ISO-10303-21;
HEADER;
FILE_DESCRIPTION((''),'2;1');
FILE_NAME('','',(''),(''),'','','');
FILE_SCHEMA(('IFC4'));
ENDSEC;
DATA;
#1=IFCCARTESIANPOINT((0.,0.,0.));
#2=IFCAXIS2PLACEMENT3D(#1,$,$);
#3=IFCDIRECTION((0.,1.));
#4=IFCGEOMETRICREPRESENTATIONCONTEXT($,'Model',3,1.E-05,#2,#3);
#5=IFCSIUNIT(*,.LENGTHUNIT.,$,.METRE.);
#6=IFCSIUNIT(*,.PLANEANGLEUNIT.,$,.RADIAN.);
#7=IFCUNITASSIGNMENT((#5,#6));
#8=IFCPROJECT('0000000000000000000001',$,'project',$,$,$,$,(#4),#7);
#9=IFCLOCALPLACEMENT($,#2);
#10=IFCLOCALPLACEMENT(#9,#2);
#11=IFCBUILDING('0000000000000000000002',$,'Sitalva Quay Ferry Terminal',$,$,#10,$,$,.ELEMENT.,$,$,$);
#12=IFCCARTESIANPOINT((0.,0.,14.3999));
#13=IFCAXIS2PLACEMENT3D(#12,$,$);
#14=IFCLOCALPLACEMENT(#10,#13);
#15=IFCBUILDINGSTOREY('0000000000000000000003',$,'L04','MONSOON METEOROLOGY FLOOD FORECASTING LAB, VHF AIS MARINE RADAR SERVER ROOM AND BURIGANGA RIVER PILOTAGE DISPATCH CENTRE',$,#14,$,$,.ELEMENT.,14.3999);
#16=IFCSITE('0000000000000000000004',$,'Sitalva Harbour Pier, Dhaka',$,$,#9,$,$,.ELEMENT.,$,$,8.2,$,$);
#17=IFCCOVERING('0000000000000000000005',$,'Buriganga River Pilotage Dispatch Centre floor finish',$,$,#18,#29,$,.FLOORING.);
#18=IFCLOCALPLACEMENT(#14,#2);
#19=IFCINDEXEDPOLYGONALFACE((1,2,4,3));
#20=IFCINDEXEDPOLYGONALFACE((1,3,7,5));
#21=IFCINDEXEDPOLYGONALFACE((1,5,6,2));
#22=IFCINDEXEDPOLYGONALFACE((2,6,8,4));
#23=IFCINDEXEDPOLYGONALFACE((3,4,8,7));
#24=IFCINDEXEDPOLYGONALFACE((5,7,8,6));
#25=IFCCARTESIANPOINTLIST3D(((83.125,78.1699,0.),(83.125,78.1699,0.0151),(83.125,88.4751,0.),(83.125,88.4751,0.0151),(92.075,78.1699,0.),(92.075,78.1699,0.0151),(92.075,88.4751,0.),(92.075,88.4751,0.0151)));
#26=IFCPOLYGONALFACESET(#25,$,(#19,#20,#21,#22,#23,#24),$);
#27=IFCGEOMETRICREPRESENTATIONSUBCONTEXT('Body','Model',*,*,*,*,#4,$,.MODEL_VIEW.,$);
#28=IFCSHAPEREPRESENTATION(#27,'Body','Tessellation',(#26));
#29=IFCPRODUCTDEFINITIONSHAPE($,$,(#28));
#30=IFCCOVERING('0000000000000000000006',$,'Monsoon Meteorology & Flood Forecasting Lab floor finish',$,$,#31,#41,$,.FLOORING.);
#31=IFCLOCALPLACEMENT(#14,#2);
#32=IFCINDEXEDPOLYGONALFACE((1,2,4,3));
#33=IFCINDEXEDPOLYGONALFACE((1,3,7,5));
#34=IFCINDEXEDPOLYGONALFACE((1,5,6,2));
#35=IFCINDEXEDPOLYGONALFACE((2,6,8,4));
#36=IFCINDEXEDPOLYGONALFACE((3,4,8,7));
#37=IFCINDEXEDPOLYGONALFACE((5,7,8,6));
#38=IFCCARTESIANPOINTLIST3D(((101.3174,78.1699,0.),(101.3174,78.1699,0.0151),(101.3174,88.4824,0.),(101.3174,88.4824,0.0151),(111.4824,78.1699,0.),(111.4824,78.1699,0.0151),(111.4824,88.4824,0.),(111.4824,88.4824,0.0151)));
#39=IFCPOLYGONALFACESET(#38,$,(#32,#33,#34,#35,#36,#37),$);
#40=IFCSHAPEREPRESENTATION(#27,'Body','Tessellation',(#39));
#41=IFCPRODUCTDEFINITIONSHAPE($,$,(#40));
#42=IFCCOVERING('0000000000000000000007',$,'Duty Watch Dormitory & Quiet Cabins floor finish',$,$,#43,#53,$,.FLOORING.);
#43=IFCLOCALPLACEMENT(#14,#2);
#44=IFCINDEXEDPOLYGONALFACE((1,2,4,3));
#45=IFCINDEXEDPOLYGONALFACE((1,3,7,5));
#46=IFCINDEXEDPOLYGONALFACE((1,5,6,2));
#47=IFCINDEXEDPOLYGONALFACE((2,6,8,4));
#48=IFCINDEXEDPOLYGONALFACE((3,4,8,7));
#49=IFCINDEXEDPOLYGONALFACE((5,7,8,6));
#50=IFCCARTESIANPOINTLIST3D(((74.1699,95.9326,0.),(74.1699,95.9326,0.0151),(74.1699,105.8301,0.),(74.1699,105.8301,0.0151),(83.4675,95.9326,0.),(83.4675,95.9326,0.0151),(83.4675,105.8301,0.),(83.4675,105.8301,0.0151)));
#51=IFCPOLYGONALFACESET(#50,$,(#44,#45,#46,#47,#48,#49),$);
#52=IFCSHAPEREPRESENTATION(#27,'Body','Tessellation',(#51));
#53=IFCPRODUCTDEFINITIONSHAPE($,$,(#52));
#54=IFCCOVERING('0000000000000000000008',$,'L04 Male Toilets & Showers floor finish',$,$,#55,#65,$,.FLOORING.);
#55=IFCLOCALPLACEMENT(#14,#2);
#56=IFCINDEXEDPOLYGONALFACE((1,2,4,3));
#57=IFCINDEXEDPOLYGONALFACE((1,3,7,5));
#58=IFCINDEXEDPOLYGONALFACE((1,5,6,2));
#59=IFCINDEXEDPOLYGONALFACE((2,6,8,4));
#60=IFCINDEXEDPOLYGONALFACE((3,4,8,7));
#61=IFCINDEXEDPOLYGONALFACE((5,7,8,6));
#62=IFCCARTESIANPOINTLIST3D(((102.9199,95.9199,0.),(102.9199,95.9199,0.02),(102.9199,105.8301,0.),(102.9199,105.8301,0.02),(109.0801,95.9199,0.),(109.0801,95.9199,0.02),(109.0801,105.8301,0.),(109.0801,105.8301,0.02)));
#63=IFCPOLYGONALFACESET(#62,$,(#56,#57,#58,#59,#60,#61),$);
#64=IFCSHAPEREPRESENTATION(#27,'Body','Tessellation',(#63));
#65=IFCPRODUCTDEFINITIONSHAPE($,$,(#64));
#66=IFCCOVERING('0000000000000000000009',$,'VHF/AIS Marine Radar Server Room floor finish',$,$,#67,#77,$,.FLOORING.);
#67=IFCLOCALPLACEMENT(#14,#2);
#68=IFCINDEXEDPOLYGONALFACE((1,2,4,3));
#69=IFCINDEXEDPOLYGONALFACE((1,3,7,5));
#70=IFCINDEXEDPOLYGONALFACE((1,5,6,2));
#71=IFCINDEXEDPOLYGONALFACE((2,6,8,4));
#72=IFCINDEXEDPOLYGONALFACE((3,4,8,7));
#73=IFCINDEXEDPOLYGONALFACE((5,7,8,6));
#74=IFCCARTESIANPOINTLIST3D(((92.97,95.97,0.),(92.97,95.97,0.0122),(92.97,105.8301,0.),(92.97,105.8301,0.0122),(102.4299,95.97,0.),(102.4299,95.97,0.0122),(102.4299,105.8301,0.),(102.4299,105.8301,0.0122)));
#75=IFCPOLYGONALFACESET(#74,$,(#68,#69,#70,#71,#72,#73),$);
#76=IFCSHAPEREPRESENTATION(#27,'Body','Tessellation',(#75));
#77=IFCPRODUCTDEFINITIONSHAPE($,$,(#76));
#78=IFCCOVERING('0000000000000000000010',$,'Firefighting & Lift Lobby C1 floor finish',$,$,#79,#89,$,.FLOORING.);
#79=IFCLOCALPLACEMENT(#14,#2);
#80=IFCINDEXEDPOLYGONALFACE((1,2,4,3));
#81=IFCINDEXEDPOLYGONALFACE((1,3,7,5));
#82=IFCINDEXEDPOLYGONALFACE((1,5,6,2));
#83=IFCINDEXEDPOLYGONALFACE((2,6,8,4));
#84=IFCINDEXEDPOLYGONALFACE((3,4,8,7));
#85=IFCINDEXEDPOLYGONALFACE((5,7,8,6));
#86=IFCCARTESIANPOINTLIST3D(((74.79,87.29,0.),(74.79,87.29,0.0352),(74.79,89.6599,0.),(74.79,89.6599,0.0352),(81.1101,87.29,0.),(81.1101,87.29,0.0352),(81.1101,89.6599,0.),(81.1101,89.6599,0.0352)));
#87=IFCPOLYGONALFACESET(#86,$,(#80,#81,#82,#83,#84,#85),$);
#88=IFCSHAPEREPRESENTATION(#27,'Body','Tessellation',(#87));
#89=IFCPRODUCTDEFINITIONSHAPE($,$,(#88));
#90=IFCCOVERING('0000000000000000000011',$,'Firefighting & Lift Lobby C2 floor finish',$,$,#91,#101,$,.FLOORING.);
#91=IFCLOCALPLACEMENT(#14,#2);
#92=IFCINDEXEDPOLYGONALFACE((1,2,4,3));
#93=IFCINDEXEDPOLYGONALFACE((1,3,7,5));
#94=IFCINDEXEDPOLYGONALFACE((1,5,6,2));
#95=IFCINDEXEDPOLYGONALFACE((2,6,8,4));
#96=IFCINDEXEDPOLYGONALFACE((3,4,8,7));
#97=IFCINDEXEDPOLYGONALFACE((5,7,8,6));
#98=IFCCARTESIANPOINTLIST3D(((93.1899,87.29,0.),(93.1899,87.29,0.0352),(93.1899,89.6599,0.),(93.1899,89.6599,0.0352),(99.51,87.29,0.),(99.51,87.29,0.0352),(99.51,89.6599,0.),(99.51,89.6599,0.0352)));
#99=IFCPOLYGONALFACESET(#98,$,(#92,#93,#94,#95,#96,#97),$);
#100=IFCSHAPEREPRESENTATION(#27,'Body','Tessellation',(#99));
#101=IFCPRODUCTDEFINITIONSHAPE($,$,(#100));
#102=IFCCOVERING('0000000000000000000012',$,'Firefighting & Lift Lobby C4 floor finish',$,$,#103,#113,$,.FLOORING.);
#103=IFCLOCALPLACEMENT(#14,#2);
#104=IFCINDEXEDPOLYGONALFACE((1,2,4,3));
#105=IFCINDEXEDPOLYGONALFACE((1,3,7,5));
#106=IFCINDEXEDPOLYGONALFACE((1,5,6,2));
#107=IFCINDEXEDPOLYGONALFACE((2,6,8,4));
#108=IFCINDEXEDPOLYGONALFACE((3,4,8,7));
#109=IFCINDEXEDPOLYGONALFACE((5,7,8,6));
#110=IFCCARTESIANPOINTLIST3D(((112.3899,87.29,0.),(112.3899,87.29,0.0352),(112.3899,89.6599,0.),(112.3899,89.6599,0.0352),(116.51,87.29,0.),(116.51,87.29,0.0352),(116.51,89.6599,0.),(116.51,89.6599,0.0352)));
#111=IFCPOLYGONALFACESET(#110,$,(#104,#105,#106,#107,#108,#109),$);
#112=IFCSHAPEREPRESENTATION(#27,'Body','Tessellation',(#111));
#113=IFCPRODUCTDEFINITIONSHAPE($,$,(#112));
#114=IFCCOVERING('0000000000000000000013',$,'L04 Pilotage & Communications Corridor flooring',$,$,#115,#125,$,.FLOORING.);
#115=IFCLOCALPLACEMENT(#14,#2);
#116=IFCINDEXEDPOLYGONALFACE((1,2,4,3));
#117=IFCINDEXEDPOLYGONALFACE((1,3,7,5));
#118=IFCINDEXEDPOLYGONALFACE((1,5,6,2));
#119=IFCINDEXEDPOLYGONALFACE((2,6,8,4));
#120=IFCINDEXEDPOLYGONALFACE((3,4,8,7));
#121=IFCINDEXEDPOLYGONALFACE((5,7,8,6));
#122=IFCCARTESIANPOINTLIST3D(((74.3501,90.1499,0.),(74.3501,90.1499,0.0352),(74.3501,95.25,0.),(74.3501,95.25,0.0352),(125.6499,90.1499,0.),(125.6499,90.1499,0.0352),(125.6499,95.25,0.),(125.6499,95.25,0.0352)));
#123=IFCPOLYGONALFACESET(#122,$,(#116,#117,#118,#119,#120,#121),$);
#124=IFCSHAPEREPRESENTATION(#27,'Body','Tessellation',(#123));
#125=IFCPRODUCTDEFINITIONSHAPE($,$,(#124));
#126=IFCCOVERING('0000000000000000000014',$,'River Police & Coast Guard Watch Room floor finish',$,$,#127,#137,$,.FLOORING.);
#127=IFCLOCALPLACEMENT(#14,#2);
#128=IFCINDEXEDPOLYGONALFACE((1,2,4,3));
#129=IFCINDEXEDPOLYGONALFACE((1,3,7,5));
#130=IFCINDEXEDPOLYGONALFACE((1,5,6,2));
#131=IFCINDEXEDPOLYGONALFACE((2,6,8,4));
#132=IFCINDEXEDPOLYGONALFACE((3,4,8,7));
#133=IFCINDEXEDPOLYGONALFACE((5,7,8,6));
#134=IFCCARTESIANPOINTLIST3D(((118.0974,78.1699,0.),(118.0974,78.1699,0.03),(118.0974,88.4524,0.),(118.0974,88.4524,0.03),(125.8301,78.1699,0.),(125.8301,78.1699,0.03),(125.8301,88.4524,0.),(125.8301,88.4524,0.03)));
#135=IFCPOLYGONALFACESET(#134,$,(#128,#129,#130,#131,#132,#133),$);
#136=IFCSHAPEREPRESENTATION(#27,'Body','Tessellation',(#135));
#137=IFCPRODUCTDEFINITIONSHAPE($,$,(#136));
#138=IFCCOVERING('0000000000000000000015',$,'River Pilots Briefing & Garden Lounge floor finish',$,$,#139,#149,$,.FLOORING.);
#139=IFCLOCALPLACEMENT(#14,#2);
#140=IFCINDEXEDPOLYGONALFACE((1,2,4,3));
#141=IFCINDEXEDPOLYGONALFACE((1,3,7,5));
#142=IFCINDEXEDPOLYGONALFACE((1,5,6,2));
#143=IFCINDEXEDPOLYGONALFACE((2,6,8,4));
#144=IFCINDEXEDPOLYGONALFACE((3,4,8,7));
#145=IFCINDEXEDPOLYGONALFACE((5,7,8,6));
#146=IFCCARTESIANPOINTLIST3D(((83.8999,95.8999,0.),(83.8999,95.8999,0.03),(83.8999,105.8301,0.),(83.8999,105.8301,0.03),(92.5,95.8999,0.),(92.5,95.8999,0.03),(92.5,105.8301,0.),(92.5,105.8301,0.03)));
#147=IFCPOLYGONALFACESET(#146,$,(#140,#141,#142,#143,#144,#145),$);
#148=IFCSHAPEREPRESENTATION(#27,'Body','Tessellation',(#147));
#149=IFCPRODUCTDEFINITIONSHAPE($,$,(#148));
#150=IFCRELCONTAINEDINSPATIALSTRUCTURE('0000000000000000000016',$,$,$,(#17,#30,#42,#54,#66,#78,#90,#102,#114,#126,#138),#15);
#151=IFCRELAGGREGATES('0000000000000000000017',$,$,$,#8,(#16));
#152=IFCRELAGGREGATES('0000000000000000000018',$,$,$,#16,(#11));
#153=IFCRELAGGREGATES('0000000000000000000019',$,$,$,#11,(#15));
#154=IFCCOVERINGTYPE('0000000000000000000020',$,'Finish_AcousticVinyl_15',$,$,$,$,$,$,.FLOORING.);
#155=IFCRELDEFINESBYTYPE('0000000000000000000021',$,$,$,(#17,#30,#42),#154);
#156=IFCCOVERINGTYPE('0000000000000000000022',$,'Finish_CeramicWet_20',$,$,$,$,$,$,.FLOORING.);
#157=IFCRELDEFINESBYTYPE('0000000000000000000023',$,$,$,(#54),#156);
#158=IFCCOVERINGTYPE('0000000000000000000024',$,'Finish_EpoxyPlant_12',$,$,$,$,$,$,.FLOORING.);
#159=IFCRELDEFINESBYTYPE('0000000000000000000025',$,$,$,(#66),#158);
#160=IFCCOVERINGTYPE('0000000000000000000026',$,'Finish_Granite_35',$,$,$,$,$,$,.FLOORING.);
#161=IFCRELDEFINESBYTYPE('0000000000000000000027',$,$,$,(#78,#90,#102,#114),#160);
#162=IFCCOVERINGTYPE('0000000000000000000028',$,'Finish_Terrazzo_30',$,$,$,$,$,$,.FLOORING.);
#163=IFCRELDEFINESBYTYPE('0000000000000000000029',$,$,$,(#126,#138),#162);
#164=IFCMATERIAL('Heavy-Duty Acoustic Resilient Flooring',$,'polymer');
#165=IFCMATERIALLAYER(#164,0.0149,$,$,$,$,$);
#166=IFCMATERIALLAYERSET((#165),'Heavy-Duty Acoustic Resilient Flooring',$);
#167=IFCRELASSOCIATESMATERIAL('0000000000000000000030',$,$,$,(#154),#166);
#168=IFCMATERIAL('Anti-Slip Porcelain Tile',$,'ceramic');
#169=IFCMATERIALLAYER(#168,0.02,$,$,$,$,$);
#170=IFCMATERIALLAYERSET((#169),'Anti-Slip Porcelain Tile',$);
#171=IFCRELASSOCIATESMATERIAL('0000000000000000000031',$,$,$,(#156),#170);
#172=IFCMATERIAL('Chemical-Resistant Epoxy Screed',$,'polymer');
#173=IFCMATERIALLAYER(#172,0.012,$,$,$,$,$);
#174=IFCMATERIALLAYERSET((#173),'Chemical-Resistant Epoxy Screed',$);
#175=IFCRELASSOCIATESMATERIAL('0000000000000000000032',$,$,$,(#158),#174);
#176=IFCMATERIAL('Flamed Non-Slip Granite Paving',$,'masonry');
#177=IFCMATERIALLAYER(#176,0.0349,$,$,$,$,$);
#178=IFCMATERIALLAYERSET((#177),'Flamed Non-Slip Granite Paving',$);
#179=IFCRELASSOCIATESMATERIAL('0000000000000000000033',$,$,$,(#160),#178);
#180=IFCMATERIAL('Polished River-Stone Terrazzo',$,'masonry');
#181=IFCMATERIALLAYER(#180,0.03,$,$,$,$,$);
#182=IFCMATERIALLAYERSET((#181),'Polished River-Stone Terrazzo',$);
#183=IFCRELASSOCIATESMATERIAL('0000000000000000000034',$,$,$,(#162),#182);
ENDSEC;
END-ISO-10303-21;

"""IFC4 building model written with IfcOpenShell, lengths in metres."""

from ifc_helpers import new_model, si_unit, direction, frame, origin, place, context, subcontext, project, spatial, polyline, outline, extrude, material, layer, layer_set, type_object, element, save


model = new_model("IFC4")

# Units and contexts
model_context = context("Model", 3, precision=1e-05, world=origin(), true_north=direction((0.0, 1.0)))
body_context = subcontext(model_context, "Body", "Model", "MODEL_VIEW")
ifc_project = project(units=[si_unit("LENGTHUNIT", "METRE"), si_unit("PLANEANGLEUNIT", "RADIAN")], contexts=[model_context])

# Site, building, storey
site_placement = place(None, origin())
site = spatial("IfcSite", under=ifc_project, at=site_placement, Name="Sitalva Harbour Pier, Dhaka", CompositionType="ELEMENT", RefElevation=8.2)
building_placement = place(site_placement, origin())
building = spatial("IfcBuilding", under=site, at=building_placement, Name="Sitalva Quay Ferry Terminal", CompositionType="ELEMENT")
storey_placement = place(building_placement, frame((0.0, 0.0, 14.3999)))
storey = spatial("IfcBuildingStorey", under=building, at=storey_placement, Name="L04", Description="MONSOON METEOROLOGY FLOOD FORECASTING LAB, VHF AIS MARINE RADAR SERVER ROOM AND BURIGANGA RIVER PILOTAGE DISPATCH CENTRE", CompositionType="ELEMENT", Elevation=14.3999)

# Coverings
ifc_material_1 = material(Name="Heavy-Duty Acoustic Resilient Flooring", Category="polymer")
ifc_layer_1 = layer(ifc_material_1, 0.0149)
ifc_layer_set_1 = layer_set([ifc_layer_1], Name="Heavy-Duty Acoustic Resilient Flooring")
covering_type_1 = type_object("IfcCoveringType", Name="Finish_AcousticVinyl_15", PredefinedType="FLOORING", material=ifc_layer_set_1)
covering_1_placement = place(storey_placement, origin())
element("IfcCovering", 1, at=covering_1_placement, inside=storey, type_object=covering_type_1, Name="Buriganga River Pilotage Dispatch Centre floor finish", PredefinedType="FLOORING", context=body_context, shape_type="SweptSolid", body=[
    extrude(outline(polyline([(83.125, 78.1699), (92.075, 78.1699), (92.075, 88.4751), (83.125, 88.4751), (83.125, 78.1699)])), origin(), (0.0, 0.0, 1.0), 0.0151),
])
covering_2_placement = place(storey_placement, origin())
element("IfcCovering", 2, at=covering_2_placement, inside=storey, type_object=covering_type_1, Name="Monsoon Meteorology & Flood Forecasting Lab floor finish", PredefinedType="FLOORING", context=body_context, shape_type="SweptSolid", body=[
    extrude(outline(polyline([(101.3174, 78.1699), (111.4824, 78.1699), (111.4824, 88.4824), (101.3174, 88.4824), (101.3174, 78.1699)])), origin(), (0.0, 0.0, 1.0), 0.0151),
])
covering_3_placement = place(storey_placement, origin())
element("IfcCovering", 3, at=covering_3_placement, inside=storey, type_object=covering_type_1, Name="Duty Watch Dormitory & Quiet Cabins floor finish", PredefinedType="FLOORING", context=body_context, shape_type="SweptSolid", body=[
    extrude(outline(polyline([(74.1699, 95.9326), (83.4675, 95.9326), (83.4675, 105.8301), (74.1699, 105.8301), (74.1699, 95.9326)])), origin(), (0.0, 0.0, 1.0), 0.0151),
])
ifc_material_2 = material(Name="Anti-Slip Porcelain Tile", Category="ceramic")
ifc_layer_2 = layer(ifc_material_2, 0.02)
ifc_layer_set_2 = layer_set([ifc_layer_2], Name="Anti-Slip Porcelain Tile")
covering_type_2 = type_object("IfcCoveringType", Name="Finish_CeramicWet_20", PredefinedType="FLOORING", material=ifc_layer_set_2)
covering_4_placement = place(storey_placement, origin())
element("IfcCovering", 4, at=covering_4_placement, inside=storey, type_object=covering_type_2, Name="L04 Male Toilets & Showers floor finish", PredefinedType="FLOORING", context=body_context, shape_type="SweptSolid", body=[
    extrude(outline(polyline([(102.9199, 95.9199), (109.0801, 95.9199), (109.0801, 105.8301), (102.9199, 105.8301), (102.9199, 95.9199)])), origin(), (0.0, 0.0, 1.0), 0.02),
])
ifc_material_3 = material(Name="Chemical-Resistant Epoxy Screed", Category="polymer")
ifc_layer_3 = layer(ifc_material_3, 0.012)
ifc_layer_set_3 = layer_set([ifc_layer_3], Name="Chemical-Resistant Epoxy Screed")
covering_type_3 = type_object("IfcCoveringType", Name="Finish_EpoxyPlant_12", PredefinedType="FLOORING", material=ifc_layer_set_3)
covering_5_placement = place(storey_placement, origin())
element("IfcCovering", 5, at=covering_5_placement, inside=storey, type_object=covering_type_3, Name="VHF/AIS Marine Radar Server Room floor finish", PredefinedType="FLOORING", context=body_context, shape_type="SweptSolid", body=[
    extrude(outline(polyline([(92.97, 95.97), (102.4299, 95.97), (102.4299, 105.8301), (92.97, 105.8301), (92.97, 95.97)])), origin(), (0.0, 0.0, 1.0), 0.0122),
])
ifc_material_4 = material(Name="Flamed Non-Slip Granite Paving", Category="masonry")
ifc_layer_4 = layer(ifc_material_4, 0.0349)
ifc_layer_set_4 = layer_set([ifc_layer_4], Name="Flamed Non-Slip Granite Paving")
covering_type_4 = type_object("IfcCoveringType", Name="Finish_Granite_35", PredefinedType="FLOORING", material=ifc_layer_set_4)
covering_6_placement = place(storey_placement, origin())
element("IfcCovering", 6, at=covering_6_placement, inside=storey, type_object=covering_type_4, Name="Firefighting & Lift Lobby C1 floor finish", PredefinedType="FLOORING", context=body_context, shape_type="SweptSolid", body=[
    extrude(outline(polyline([(74.79, 87.29), (81.1101, 87.29), (81.1101, 89.6599), (74.79, 89.6599), (74.79, 87.29)])), origin(), (0.0, 0.0, 1.0), 0.0352),
])
covering_7_placement = place(storey_placement, origin())
element("IfcCovering", 7, at=covering_7_placement, inside=storey, type_object=covering_type_4, Name="Firefighting & Lift Lobby C2 floor finish", PredefinedType="FLOORING", context=body_context, shape_type="SweptSolid", body=[
    extrude(outline(polyline([(93.1899, 87.29), (99.51, 87.29), (99.51, 89.6599), (93.1899, 89.6599), (93.1899, 87.29)])), origin(), (0.0, 0.0, 1.0), 0.0352),
])
covering_8_placement = place(storey_placement, origin())
element("IfcCovering", 8, at=covering_8_placement, inside=storey, type_object=covering_type_4, Name="Firefighting & Lift Lobby C4 floor finish", PredefinedType="FLOORING", context=body_context, shape_type="SweptSolid", body=[
    extrude(outline(polyline([(112.3899, 87.29), (116.51, 87.29), (116.51, 89.6599), (112.3899, 89.6599), (112.3899, 87.29)])), origin(), (0.0, 0.0, 1.0), 0.0352),
])
covering_9_placement = place(storey_placement, origin())
element("IfcCovering", 9, at=covering_9_placement, inside=storey, type_object=covering_type_4, Name="L04 Pilotage & Communications Corridor flooring", PredefinedType="FLOORING", context=body_context, shape_type="SweptSolid", body=[
    extrude(outline(polyline([(74.3501, 90.1499), (125.6499, 90.1499), (125.6499, 95.25), (74.3501, 95.25), (74.3501, 90.1499)])), origin(), (0.0, 0.0, 1.0), 0.0352),
])
ifc_material_5 = material(Name="Polished River-Stone Terrazzo", Category="masonry")
ifc_layer_5 = layer(ifc_material_5, 0.03)
ifc_layer_set_5 = layer_set([ifc_layer_5], Name="Polished River-Stone Terrazzo")
covering_type_5 = type_object("IfcCoveringType", Name="Finish_Terrazzo_30", PredefinedType="FLOORING", material=ifc_layer_set_5)
covering_10_placement = place(storey_placement, origin())
element("IfcCovering", 10, at=covering_10_placement, inside=storey, type_object=covering_type_5, Name="River Police & Coast Guard Watch Room floor finish", PredefinedType="FLOORING", context=body_context, shape_type="SweptSolid", body=[
    extrude(outline(polyline([(118.0974, 78.1699), (125.8301, 78.1699), (125.8301, 88.4524), (118.0974, 88.4524), (118.0974, 78.1699)])), origin(), (0.0, 0.0, 1.0), 0.03),
])
covering_11_placement = place(storey_placement, origin())
element("IfcCovering", 11, at=covering_11_placement, inside=storey, type_object=covering_type_5, Name="River Pilots Briefing & Garden Lounge floor finish", PredefinedType="FLOORING", context=body_context, shape_type="SweptSolid", body=[
    extrude(outline(polyline([(83.8999, 95.8999), (92.5, 95.8999), (92.5, 105.8301), (83.8999, 105.8301), (83.8999, 95.8999)])), origin(), (0.0, 0.0, 1.0), 0.03),
])

save(model, "model.ifc")
